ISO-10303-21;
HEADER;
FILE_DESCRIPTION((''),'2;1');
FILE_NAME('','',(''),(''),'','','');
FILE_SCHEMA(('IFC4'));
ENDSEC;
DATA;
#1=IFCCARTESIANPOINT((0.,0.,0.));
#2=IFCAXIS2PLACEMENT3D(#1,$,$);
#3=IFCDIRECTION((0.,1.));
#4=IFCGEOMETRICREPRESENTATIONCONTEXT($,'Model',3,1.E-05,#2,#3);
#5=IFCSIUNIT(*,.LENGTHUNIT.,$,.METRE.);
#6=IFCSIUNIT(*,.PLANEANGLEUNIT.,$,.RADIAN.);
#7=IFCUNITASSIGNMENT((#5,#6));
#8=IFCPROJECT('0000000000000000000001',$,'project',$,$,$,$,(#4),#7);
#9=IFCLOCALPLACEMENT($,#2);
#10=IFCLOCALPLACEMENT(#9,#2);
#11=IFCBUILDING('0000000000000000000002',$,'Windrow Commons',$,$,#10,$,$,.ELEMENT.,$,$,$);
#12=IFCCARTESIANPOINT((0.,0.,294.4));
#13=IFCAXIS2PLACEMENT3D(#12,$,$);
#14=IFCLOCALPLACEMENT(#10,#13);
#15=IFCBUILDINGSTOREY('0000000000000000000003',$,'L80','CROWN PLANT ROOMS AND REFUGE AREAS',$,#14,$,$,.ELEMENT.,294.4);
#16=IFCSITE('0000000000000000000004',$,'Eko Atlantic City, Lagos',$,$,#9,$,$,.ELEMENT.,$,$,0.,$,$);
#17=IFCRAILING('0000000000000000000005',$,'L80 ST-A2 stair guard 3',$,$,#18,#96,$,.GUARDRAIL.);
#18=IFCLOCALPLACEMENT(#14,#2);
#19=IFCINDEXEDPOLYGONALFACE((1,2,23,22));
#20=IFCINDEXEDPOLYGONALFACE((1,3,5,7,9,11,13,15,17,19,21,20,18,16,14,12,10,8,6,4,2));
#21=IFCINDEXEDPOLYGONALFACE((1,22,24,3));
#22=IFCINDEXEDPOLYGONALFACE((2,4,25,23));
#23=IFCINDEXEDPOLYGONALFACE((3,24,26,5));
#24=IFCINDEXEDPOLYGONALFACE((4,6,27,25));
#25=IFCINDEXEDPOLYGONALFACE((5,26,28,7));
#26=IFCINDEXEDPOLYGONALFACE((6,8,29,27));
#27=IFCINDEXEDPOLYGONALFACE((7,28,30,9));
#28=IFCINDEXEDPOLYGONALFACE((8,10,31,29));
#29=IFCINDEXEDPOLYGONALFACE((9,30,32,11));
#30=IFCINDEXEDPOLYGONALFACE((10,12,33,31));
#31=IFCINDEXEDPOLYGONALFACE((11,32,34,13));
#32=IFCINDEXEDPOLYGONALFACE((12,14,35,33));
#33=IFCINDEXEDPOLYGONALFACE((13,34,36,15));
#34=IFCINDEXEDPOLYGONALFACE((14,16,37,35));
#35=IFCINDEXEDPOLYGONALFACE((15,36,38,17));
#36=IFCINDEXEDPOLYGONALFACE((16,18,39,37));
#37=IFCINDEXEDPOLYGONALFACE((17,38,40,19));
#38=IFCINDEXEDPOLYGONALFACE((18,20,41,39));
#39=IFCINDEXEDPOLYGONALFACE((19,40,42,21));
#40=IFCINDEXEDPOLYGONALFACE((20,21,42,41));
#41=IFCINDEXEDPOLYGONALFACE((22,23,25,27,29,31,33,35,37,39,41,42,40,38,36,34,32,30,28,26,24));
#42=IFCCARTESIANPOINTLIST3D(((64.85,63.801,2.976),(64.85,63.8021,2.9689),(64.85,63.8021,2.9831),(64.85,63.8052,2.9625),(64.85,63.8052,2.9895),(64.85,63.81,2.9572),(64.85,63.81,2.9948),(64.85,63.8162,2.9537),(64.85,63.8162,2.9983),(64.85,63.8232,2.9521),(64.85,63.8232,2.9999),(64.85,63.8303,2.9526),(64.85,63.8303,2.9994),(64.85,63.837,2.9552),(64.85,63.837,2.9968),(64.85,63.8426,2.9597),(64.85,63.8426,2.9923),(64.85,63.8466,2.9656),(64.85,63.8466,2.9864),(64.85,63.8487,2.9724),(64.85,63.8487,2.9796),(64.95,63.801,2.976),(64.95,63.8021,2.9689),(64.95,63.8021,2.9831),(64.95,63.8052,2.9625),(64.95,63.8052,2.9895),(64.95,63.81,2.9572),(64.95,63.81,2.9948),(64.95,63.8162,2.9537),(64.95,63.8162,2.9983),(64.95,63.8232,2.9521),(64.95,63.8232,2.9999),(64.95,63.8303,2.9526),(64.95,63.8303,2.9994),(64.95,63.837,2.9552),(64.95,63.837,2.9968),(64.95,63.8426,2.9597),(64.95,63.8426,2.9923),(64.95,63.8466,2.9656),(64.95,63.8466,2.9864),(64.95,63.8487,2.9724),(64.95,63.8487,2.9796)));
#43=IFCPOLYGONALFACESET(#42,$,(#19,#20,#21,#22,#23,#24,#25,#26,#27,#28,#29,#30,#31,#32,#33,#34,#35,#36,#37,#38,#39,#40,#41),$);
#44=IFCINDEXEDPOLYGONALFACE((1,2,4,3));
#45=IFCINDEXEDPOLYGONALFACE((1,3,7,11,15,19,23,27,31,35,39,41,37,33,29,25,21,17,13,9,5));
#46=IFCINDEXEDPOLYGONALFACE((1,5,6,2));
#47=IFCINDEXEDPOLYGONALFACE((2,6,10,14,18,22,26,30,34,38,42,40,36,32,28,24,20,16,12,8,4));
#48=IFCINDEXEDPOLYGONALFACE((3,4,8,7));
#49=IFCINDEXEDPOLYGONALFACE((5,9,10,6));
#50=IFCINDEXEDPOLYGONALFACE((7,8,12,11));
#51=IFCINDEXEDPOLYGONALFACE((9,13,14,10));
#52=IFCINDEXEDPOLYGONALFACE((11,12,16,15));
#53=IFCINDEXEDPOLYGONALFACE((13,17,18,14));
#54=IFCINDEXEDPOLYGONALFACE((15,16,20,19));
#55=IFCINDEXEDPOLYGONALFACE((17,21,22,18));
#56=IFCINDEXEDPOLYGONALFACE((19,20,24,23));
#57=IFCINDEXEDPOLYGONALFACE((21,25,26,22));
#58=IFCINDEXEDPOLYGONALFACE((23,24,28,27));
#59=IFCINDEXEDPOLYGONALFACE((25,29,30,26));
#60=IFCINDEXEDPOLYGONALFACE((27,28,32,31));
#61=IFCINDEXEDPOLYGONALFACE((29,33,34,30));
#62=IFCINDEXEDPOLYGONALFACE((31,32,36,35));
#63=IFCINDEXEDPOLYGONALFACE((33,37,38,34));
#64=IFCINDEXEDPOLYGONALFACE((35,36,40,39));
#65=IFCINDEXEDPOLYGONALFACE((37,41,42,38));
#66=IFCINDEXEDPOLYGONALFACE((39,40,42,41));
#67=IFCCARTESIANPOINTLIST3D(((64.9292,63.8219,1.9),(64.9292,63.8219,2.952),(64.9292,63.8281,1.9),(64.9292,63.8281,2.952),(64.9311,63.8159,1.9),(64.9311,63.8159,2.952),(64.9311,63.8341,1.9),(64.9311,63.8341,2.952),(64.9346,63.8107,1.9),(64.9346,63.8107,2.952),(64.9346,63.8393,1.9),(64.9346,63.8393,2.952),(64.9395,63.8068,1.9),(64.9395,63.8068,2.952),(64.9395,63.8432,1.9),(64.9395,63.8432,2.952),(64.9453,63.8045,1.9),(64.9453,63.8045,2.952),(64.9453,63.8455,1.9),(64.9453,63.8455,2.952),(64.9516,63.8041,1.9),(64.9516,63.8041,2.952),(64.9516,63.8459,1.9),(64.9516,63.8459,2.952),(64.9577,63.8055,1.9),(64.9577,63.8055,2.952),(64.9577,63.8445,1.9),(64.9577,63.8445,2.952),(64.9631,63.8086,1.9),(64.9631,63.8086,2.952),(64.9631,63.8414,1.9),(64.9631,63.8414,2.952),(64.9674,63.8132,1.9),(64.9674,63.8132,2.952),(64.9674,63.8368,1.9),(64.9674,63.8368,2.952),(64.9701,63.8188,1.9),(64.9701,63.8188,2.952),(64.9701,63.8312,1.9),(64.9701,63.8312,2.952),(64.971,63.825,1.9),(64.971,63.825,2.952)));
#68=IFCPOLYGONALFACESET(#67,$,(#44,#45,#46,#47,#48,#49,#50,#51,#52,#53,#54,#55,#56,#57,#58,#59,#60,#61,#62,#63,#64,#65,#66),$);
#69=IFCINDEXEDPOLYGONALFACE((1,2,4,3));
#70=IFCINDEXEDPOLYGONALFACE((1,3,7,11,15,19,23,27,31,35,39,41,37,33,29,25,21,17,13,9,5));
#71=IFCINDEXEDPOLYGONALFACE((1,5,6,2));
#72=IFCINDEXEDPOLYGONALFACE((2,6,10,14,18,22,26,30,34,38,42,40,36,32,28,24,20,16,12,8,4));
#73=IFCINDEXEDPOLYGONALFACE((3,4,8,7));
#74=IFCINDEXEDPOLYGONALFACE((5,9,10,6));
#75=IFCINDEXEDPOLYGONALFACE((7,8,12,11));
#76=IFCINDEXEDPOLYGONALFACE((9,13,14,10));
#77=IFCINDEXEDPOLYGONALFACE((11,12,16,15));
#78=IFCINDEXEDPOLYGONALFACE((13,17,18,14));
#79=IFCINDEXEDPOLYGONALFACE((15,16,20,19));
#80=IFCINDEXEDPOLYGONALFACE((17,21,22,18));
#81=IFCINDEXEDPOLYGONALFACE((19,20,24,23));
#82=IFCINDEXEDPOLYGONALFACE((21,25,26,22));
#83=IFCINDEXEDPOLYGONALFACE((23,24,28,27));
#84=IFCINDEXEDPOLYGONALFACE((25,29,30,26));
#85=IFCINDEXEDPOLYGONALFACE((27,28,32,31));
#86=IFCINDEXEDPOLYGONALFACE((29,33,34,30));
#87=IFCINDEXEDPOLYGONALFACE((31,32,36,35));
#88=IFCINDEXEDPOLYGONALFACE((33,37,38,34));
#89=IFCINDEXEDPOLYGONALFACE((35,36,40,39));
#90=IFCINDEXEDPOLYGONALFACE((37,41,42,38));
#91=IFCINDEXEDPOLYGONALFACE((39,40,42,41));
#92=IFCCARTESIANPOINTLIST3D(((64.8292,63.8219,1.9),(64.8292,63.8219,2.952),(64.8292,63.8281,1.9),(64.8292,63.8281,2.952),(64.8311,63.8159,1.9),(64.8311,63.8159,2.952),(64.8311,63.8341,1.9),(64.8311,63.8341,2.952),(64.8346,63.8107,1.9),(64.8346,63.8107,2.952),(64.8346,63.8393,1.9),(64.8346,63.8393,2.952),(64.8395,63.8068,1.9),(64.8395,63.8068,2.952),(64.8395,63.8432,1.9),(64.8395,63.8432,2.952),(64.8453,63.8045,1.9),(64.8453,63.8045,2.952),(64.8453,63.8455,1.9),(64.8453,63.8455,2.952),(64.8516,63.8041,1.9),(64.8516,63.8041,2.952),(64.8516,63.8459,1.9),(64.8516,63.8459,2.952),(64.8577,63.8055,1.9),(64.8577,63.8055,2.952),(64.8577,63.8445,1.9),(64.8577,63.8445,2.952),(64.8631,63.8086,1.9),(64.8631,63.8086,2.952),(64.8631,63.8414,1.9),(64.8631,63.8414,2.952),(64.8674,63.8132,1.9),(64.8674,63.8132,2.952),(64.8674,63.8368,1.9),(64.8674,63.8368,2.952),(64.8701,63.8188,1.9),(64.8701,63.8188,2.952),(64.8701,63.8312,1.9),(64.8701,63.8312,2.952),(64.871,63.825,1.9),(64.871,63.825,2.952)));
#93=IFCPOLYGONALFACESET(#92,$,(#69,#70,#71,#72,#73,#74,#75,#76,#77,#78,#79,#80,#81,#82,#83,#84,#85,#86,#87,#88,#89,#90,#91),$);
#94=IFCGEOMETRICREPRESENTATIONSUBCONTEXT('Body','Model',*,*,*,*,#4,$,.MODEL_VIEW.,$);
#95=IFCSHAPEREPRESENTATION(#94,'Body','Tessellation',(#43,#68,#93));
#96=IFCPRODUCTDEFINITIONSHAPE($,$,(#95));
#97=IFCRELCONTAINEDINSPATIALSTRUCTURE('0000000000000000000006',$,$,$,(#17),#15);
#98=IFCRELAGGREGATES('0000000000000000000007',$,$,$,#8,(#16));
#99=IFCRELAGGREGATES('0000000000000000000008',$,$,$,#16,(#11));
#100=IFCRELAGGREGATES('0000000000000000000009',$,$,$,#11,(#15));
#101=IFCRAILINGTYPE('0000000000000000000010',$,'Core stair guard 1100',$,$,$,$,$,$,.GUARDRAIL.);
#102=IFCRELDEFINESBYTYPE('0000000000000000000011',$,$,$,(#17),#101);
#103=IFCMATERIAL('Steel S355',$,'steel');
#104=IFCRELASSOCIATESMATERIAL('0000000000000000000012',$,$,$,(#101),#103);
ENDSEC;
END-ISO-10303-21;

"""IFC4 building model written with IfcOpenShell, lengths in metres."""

from ifc_helpers import new_model, si_unit, direction, frame, origin, origin_2d, place, context, subcontext, project, spatial, circle, extrude, material, type_object, element, save


model = new_model("IFC4")

# Units and contexts
model_context = context("Model", 3, precision=1e-05, world=origin(), true_north=direction((0.0, 1.0)))
body_context = subcontext(model_context, "Body", "Model", "MODEL_VIEW")
ifc_project = project(units=[si_unit("LENGTHUNIT", "METRE"), si_unit("PLANEANGLEUNIT", "RADIAN")], contexts=[model_context])

# Site, building, storey
site_placement = place(None, origin())
site = spatial("IfcSite", under=ifc_project, at=site_placement, Name="Eko Atlantic City, Lagos", CompositionType="ELEMENT", RefElevation=0.0)
building_placement = place(site_placement, origin())
building = spatial("IfcBuilding", under=site, at=building_placement, Name="Windrow Commons", CompositionType="ELEMENT")
storey_placement = place(building_placement, frame((0.0, 0.0, 294.4)))
storey = spatial("IfcBuildingStorey", under=building, at=storey_placement, Name="L80", Description="CROWN PLANT ROOMS AND REFUGE AREAS", CompositionType="ELEMENT", Elevation=294.4)

# Railing
ifc_material_1 = material(Name="Steel S355", Category="steel")
railing_type_1 = type_object("IfcRailingType", Name="Core stair guard 1100", PredefinedType="GUARDRAIL", material=ifc_material_1)
railing_1_placement = place(storey_placement, frame((64.95, 63.825, 1.9)))
element("IfcRailing", 1, at=railing_1_placement, inside=storey, type_object=railing_type_1, Name="L80 ST-A2 stair guard 3", PredefinedType="GUARDRAIL", context=body_context, shape_type="SweptSolid", body=[
    extrude(circle(Radius=0.024, at=origin_2d()), frame((0.0, 0.0, 1.076), z_axis=(-1.0, 0.0, 0.0), x_axis=(0.0, -1.0, 0.0)), (0.0, 0.0, 1.0), 0.1),
    extrude(circle(Radius=0.021, at=origin_2d()), origin(), (0.0, 0.0, 1.0), 1.052),
    extrude(circle(Radius=0.021, at=origin_2d()), frame((-0.1, 0.0, 0.0)), (0.0, 0.0, 1.0), 1.052),
])

save(model, "model.ifc")
